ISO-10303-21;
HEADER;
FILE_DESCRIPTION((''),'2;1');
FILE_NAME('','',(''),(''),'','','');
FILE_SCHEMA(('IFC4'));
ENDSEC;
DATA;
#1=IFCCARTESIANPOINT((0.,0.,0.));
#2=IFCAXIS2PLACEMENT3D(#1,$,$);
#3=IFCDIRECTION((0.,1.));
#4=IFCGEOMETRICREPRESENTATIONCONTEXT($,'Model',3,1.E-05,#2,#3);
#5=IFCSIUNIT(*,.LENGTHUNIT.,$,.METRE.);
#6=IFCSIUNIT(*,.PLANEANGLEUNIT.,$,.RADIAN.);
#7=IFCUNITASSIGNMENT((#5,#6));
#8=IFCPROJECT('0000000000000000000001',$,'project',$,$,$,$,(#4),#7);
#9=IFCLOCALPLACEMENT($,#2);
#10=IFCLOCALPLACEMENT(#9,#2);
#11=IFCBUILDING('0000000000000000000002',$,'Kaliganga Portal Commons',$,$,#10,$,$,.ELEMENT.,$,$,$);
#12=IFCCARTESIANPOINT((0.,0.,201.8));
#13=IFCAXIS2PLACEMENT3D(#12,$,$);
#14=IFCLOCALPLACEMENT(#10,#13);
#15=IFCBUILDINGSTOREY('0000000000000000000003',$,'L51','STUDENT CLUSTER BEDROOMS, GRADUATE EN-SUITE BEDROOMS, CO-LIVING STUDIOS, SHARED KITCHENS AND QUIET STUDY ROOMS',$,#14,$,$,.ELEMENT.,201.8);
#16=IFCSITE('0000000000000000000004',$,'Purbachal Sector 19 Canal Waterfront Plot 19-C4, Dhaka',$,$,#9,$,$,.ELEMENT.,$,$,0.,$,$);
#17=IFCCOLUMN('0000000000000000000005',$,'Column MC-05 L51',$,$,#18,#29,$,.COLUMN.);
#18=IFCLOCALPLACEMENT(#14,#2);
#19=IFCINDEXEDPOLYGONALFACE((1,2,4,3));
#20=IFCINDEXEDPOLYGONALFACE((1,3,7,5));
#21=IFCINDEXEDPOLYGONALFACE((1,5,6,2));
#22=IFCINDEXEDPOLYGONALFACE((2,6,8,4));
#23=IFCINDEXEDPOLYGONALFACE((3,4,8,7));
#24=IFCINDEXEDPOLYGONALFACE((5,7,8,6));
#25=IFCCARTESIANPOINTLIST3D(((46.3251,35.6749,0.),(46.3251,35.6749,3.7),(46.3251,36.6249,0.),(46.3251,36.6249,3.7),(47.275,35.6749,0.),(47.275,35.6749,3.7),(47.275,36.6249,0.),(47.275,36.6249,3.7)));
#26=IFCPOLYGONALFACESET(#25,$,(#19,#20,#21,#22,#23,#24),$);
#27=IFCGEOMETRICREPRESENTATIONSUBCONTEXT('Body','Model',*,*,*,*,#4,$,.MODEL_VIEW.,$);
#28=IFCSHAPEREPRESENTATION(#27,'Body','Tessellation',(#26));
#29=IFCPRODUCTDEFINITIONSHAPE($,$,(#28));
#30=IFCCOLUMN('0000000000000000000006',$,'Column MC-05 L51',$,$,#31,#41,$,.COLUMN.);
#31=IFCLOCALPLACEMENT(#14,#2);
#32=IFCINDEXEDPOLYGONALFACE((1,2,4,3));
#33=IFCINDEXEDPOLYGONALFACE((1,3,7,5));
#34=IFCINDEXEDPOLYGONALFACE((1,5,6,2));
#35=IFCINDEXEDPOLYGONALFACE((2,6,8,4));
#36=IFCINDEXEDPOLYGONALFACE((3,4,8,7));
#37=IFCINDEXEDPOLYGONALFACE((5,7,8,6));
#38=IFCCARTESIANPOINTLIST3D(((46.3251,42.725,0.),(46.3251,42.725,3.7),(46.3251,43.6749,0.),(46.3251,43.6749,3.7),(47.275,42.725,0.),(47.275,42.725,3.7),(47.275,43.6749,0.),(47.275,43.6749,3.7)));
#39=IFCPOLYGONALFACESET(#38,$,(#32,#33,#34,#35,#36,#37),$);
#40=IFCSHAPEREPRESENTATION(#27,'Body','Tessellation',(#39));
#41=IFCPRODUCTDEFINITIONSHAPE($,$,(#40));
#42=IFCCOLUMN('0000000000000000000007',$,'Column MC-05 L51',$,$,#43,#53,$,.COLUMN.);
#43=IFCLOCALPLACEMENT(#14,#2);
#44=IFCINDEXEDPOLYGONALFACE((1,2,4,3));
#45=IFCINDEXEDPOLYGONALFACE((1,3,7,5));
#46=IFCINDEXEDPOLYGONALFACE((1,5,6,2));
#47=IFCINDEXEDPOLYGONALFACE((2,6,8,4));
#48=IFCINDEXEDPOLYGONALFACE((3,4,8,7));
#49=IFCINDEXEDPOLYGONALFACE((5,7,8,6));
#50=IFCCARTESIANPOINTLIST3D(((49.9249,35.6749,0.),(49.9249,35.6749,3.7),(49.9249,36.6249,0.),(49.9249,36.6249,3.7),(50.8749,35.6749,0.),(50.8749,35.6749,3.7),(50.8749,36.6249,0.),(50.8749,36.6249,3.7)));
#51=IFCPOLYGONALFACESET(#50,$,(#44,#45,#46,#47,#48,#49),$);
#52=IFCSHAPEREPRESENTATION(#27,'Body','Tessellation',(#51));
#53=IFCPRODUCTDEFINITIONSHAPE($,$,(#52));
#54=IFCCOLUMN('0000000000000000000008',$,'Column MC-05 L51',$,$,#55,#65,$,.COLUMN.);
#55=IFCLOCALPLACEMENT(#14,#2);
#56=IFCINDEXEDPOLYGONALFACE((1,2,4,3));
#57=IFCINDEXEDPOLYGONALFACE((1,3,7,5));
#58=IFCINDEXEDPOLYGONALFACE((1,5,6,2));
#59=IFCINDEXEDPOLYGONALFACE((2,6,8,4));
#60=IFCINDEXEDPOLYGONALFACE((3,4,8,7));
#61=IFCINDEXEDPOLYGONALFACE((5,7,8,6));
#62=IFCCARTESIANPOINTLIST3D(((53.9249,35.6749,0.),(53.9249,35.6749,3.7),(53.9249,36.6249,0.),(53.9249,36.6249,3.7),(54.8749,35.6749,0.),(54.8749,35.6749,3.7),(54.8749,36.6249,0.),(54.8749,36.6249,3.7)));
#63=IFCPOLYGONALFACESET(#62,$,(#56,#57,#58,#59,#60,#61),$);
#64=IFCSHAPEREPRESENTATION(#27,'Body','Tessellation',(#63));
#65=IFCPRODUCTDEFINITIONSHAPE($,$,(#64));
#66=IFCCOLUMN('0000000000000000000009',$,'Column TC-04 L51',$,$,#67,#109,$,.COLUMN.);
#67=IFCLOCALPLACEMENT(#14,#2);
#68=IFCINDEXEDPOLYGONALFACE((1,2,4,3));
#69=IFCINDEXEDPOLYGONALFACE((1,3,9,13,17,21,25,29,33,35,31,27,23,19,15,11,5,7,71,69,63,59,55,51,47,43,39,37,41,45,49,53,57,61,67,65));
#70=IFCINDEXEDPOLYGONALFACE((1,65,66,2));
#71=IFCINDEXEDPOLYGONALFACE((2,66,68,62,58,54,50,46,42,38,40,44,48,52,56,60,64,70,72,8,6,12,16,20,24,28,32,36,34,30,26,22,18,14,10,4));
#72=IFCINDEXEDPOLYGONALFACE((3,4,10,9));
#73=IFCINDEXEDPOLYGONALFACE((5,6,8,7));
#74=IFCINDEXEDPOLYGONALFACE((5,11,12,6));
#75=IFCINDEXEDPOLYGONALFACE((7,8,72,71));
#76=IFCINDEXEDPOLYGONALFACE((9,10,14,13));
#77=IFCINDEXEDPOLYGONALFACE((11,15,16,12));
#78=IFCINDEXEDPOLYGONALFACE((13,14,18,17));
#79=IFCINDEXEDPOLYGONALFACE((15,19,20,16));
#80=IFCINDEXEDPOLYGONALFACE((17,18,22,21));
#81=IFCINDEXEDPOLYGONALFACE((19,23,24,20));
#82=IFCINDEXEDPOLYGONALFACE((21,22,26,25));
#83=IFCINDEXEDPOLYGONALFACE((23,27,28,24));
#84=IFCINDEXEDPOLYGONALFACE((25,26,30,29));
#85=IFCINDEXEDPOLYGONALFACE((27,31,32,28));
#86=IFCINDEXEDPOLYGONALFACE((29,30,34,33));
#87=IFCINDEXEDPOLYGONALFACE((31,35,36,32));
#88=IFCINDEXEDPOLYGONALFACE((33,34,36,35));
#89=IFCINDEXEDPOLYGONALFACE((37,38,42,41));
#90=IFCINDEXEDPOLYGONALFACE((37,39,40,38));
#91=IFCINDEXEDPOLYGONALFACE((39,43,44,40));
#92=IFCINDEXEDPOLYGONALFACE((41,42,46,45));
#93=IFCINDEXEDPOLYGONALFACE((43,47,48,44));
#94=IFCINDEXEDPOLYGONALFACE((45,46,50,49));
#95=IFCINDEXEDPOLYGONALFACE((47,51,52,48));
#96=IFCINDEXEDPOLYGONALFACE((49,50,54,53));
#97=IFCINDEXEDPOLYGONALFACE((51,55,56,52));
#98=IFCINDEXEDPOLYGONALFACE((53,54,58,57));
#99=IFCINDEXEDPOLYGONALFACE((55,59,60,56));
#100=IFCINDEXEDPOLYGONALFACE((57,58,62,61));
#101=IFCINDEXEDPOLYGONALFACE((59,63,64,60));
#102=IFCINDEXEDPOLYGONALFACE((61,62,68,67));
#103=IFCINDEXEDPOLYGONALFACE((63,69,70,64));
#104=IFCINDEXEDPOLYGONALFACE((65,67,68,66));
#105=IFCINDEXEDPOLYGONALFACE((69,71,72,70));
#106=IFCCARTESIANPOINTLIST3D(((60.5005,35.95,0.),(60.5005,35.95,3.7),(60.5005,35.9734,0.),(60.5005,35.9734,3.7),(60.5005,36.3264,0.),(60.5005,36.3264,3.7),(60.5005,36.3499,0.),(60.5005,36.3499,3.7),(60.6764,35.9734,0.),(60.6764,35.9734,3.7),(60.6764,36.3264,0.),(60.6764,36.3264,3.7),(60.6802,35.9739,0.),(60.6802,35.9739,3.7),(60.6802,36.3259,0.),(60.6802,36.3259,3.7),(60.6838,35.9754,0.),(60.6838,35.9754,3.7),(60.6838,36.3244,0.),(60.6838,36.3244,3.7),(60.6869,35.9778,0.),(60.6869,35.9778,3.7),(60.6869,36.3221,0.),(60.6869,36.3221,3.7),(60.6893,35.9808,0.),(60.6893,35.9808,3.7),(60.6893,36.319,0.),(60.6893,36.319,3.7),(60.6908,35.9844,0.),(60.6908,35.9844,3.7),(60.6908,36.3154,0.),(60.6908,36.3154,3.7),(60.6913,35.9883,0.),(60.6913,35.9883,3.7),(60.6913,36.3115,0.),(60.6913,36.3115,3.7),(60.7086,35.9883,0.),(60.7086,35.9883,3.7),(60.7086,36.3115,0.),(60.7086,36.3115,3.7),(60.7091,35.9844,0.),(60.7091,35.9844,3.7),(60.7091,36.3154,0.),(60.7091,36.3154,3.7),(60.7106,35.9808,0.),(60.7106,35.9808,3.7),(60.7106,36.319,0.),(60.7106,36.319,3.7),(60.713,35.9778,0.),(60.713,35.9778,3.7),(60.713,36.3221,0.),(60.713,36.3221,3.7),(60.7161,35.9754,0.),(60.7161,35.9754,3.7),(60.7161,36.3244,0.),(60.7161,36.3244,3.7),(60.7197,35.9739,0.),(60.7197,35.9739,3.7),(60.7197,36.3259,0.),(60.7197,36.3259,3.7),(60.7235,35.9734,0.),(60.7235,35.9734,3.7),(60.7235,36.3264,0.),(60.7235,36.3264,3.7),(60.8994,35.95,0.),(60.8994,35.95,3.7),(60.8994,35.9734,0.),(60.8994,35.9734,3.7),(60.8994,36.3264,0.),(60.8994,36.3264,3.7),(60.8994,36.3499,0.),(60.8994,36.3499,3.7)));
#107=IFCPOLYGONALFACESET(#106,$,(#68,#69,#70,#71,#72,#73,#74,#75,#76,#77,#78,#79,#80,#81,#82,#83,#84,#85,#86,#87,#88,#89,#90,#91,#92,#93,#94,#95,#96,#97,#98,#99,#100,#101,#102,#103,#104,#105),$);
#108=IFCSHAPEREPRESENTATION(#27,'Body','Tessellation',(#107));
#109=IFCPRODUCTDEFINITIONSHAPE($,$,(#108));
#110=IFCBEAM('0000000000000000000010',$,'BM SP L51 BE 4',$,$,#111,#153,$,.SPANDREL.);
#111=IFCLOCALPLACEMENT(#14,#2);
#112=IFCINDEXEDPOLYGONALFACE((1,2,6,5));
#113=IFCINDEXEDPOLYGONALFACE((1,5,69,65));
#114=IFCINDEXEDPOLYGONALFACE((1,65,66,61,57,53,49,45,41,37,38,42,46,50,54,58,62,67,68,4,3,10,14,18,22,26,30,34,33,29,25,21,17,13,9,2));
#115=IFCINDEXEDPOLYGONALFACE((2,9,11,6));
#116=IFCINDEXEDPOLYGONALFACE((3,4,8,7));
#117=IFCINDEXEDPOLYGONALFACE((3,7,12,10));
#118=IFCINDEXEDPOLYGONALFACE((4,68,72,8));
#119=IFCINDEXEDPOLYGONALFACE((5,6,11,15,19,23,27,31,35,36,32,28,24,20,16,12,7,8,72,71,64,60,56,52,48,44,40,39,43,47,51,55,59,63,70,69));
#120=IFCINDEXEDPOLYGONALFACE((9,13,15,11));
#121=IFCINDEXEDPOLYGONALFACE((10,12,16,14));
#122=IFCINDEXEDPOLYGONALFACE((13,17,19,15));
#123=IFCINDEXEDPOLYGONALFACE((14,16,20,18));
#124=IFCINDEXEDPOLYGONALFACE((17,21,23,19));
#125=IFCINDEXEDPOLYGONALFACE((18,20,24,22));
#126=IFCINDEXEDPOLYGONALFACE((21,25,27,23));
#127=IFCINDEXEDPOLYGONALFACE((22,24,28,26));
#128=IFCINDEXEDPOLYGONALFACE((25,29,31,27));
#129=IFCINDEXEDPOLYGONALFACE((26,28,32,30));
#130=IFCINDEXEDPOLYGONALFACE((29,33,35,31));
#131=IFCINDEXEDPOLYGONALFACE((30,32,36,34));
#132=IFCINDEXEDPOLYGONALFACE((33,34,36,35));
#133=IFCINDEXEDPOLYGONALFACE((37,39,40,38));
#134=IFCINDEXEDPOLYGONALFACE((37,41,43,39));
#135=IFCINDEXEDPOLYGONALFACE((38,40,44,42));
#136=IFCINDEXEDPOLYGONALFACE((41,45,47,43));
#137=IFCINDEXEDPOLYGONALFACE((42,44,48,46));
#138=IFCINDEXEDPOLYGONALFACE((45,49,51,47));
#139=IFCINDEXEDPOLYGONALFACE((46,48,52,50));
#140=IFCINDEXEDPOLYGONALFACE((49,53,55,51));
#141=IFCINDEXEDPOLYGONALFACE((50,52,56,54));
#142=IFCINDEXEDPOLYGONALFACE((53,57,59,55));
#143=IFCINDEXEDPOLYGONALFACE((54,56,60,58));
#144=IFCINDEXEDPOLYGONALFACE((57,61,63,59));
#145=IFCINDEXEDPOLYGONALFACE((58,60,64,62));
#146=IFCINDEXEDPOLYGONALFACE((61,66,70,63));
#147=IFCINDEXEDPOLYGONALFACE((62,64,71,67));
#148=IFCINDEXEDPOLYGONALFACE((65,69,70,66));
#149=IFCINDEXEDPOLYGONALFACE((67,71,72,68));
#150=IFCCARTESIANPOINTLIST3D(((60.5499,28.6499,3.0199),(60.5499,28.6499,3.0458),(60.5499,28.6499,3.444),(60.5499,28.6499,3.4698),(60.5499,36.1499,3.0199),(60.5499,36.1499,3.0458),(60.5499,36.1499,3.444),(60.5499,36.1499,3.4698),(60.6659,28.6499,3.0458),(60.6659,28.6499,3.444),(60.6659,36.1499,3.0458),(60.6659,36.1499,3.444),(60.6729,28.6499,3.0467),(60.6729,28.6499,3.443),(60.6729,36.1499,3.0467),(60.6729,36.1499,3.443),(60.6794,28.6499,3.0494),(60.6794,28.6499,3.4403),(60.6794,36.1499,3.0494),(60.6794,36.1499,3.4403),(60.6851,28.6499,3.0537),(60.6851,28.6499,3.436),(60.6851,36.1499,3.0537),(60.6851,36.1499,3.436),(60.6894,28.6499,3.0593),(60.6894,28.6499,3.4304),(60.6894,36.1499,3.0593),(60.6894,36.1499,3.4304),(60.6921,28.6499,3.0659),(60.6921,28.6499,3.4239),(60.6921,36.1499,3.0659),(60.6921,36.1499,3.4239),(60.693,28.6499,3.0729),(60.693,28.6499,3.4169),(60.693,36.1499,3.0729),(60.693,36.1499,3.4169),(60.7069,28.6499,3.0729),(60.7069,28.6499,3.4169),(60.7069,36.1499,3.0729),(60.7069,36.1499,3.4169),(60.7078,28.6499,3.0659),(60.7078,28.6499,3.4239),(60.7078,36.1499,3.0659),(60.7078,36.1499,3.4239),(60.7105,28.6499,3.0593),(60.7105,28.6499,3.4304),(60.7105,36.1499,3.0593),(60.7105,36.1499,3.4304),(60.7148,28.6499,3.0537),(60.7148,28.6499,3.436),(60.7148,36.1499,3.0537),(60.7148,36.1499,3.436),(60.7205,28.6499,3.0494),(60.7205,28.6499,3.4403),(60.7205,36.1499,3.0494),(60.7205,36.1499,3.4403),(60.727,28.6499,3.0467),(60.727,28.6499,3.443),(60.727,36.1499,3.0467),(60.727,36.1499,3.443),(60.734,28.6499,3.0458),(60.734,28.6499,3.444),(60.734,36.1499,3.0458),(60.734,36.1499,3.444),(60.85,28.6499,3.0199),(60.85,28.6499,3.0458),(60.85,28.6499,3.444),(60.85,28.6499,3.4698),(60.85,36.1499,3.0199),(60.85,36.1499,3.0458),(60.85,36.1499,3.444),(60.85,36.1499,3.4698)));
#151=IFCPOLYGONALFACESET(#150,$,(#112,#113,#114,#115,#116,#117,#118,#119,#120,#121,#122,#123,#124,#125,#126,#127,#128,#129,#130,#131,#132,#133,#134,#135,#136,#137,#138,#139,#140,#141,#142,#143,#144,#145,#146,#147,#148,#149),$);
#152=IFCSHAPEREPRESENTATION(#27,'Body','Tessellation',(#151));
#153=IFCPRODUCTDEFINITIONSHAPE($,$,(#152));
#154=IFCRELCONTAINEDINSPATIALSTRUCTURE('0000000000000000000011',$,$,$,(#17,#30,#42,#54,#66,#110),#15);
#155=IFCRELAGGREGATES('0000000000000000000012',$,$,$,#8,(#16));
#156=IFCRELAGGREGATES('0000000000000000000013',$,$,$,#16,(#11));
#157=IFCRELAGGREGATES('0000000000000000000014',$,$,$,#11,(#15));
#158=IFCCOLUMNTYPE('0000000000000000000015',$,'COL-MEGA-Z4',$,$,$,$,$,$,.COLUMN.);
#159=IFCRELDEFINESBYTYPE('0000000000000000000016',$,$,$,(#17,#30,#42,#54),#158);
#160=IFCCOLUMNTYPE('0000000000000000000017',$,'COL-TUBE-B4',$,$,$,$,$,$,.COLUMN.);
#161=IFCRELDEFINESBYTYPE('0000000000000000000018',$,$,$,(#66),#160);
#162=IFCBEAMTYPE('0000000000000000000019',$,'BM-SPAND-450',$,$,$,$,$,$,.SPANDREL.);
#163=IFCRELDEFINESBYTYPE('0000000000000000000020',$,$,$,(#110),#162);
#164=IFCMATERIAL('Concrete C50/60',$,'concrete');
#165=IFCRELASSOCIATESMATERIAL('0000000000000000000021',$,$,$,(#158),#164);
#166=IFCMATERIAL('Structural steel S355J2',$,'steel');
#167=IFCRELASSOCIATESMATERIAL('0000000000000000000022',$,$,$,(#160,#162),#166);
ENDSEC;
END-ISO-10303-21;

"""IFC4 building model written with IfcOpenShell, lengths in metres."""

from ifc_helpers import new_model, si_unit, direction, frame, origin, origin_2d, place, context, subcontext, project, spatial, rectangle, i_section, extrude, source, transform, mapped, material, material_profile, profile_set, type_object, element, save


model = new_model("IFC4")

# Units and contexts
model_context = context("Model", 3, precision=1e-05, world=origin(), true_north=direction((0.0, 1.0)))
body_context = subcontext(model_context, "Body", "Model", "MODEL_VIEW")
ifc_project = project(units=[si_unit("LENGTHUNIT", "METRE"), si_unit("PLANEANGLEUNIT", "RADIAN")], contexts=[model_context])

# Site, building, storey
site_placement = place(None, origin())
site = spatial("IfcSite", under=ifc_project, at=site_placement, Name="Purbachal Sector 19 Canal Waterfront Plot 19-C4, Dhaka", CompositionType="ELEMENT", RefElevation=0.0)
building_placement = place(site_placement, origin())
building = spatial("IfcBuilding", under=site, at=building_placement, Name="Kaliganga Portal Commons", CompositionType="ELEMENT")
storey_placement = place(building_placement, frame((0.0, 0.0, 201.8)))
storey = spatial("IfcBuildingStorey", under=building, at=storey_placement, Name="L51", Description="STUDENT CLUSTER BEDROOMS, GRADUATE EN-SUITE BEDROOMS, CO-LIVING STUDIOS, SHARED KITCHENS AND QUIET STUDY ROOMS", CompositionType="ELEMENT", Elevation=201.8)

# Columns
ifc_material_1 = material(Name="Concrete C50/60", Category="concrete")
ifc_material_profile_1 = material_profile(ifc_material_1, rectangle(XDim=0.95, YDim=0.95, at=origin_2d()), Name="RC 950x950")
ifc_profile_set_1 = profile_set([ifc_material_profile_1], Name="Concrete C50/60")
column_type_1 = type_object("IfcColumnType", Name="COL-MEGA-Z4", PredefinedType="COLUMN", material=ifc_profile_set_1)
shared_shape_1 = source(origin(), body_context, "Body", "SweptSolid", [
    extrude(rectangle(XDim=0.95, YDim=0.95, at=origin_2d()), origin(), (0.0, 0.0, 1.0), 3.7),
])
for number, where, z_axis, x_axis, name in (
    (1, (46.8, 36.1499, 0.0), (0.0, 0.0, 1.0), (1.0, 0.0, 0.0), "Column MC-05 L51"),
    (2, (46.8, 43.2, 0.0), (0.0, 0.0, 1.0), (1.0, 0.0, 0.0), "Column MC-05 L51"),
    (3, (50.3999, 36.1499, 0.0), (0.0, 0.0, 1.0), (1.0, 0.0, 0.0), "Column MC-05 L51"),
    (4, (54.3999, 36.1499, 0.0), (0.0, 0.0, 1.0), (1.0, 0.0, 0.0), "Column MC-05 L51"),
):
    element("IfcColumn", number, at=place(storey_placement, frame(where, z_axis=z_axis, x_axis=x_axis)), inside=storey, type_object=column_type_1, Name=name, PredefinedType="COLUMN", context=body_context, shape_type="MappedRepresentation", body=[
        mapped(shared_shape_1, transform((0.0, 0.0, 0.0), x_axis=(1.0, 0.0, 0.0), y_axis=(0.0, 1.0, 0.0), z_axis=(0.0, 0.0, 1.0), scale=1.0)),
    ])
ifc_material_2 = material(Name="Structural steel S355J2", Category="steel")
ifc_material_profile_2 = material_profile(ifc_material_2, i_section(OverallWidth=0.3989, OverallDepth=0.3999, WebThickness=0.0173, FlangeThickness=0.0234, FilletRadius=0.0149, at=origin_2d()), Name="HD 400x287")
ifc_profile_set_2 = profile_set([ifc_material_profile_2], Name="Structural steel S355J2 wide-flange")
column_type_2 = type_object("IfcColumnType", Name="COL-TUBE-B4", PredefinedType="COLUMN", material=ifc_profile_set_2)
shared_shape_2 = source(origin(), body_context, "Body", "SweptSolid", [
    extrude(i_section(OverallWidth=0.3989, OverallDepth=0.3999, WebThickness=0.0173, FlangeThickness=0.0234, FilletRadius=0.0149, at=origin_2d()), origin(), (0.0, 0.0, 1.0), 3.7),
])
column_placement = place(storey_placement, frame((60.7, 36.1499, 0.0), z_axis=(0.0, 0.0, 1.0), x_axis=(1.0, 0.0, 0.0)))
element("IfcColumn", 5, at=column_placement, inside=storey, type_object=column_type_2, Name="Column TC-04 L51", PredefinedType="COLUMN", context=body_context, shape_type="MappedRepresentation", body=[
    mapped(shared_shape_2, transform((0.0, 0.0, 0.0), x_axis=(1.0, 0.0, 0.0), y_axis=(0.0, 1.0, 0.0), z_axis=(0.0, 0.0, 1.0), scale=1.0)),
])

# Beam
ifc_material_profile_3 = material_profile(ifc_material_2, i_section(OverallWidth=0.3, OverallDepth=0.45, WebThickness=0.0139, FlangeThickness=0.0259, FilletRadius=0.0271, at=origin_2d()), Name="HE 450 B")
ifc_profile_set_3 = profile_set([ifc_material_profile_3], Name="Structural steel S355J2 wide-flange")
beam_type_1 = type_object("IfcBeamType", Name="BM-SPAND-450", PredefinedType="SPANDREL", material=ifc_profile_set_3)
shared_shape_3 = source(origin(), body_context, "Body", "SweptSolid", [
    extrude(i_section(OverallWidth=0.3, OverallDepth=0.45, WebThickness=0.0139, FlangeThickness=0.0259, FilletRadius=0.0271, at=origin_2d()), origin(), (0.0, 0.0, 1.0), 7.5),
])
beam_1_placement = place(storey_placement, frame((60.7, 28.6499, 3.2449), z_axis=(0.0, 1.0, 0.0), x_axis=(-1.0, 0.0, 0.0)))
element("IfcBeam", 6, at=beam_1_placement, inside=storey, type_object=beam_type_1, Name="BM SP L51 BE 4", PredefinedType="SPANDREL", context=body_context, shape_type="MappedRepresentation", body=[
    mapped(shared_shape_3, transform((0.0, 0.0, 0.0), x_axis=(1.0, 0.0, 0.0), y_axis=(0.0, 1.0, 0.0), z_axis=(0.0, 0.0, 1.0), scale=1.0)),
])

save(model, "model.ifc")
